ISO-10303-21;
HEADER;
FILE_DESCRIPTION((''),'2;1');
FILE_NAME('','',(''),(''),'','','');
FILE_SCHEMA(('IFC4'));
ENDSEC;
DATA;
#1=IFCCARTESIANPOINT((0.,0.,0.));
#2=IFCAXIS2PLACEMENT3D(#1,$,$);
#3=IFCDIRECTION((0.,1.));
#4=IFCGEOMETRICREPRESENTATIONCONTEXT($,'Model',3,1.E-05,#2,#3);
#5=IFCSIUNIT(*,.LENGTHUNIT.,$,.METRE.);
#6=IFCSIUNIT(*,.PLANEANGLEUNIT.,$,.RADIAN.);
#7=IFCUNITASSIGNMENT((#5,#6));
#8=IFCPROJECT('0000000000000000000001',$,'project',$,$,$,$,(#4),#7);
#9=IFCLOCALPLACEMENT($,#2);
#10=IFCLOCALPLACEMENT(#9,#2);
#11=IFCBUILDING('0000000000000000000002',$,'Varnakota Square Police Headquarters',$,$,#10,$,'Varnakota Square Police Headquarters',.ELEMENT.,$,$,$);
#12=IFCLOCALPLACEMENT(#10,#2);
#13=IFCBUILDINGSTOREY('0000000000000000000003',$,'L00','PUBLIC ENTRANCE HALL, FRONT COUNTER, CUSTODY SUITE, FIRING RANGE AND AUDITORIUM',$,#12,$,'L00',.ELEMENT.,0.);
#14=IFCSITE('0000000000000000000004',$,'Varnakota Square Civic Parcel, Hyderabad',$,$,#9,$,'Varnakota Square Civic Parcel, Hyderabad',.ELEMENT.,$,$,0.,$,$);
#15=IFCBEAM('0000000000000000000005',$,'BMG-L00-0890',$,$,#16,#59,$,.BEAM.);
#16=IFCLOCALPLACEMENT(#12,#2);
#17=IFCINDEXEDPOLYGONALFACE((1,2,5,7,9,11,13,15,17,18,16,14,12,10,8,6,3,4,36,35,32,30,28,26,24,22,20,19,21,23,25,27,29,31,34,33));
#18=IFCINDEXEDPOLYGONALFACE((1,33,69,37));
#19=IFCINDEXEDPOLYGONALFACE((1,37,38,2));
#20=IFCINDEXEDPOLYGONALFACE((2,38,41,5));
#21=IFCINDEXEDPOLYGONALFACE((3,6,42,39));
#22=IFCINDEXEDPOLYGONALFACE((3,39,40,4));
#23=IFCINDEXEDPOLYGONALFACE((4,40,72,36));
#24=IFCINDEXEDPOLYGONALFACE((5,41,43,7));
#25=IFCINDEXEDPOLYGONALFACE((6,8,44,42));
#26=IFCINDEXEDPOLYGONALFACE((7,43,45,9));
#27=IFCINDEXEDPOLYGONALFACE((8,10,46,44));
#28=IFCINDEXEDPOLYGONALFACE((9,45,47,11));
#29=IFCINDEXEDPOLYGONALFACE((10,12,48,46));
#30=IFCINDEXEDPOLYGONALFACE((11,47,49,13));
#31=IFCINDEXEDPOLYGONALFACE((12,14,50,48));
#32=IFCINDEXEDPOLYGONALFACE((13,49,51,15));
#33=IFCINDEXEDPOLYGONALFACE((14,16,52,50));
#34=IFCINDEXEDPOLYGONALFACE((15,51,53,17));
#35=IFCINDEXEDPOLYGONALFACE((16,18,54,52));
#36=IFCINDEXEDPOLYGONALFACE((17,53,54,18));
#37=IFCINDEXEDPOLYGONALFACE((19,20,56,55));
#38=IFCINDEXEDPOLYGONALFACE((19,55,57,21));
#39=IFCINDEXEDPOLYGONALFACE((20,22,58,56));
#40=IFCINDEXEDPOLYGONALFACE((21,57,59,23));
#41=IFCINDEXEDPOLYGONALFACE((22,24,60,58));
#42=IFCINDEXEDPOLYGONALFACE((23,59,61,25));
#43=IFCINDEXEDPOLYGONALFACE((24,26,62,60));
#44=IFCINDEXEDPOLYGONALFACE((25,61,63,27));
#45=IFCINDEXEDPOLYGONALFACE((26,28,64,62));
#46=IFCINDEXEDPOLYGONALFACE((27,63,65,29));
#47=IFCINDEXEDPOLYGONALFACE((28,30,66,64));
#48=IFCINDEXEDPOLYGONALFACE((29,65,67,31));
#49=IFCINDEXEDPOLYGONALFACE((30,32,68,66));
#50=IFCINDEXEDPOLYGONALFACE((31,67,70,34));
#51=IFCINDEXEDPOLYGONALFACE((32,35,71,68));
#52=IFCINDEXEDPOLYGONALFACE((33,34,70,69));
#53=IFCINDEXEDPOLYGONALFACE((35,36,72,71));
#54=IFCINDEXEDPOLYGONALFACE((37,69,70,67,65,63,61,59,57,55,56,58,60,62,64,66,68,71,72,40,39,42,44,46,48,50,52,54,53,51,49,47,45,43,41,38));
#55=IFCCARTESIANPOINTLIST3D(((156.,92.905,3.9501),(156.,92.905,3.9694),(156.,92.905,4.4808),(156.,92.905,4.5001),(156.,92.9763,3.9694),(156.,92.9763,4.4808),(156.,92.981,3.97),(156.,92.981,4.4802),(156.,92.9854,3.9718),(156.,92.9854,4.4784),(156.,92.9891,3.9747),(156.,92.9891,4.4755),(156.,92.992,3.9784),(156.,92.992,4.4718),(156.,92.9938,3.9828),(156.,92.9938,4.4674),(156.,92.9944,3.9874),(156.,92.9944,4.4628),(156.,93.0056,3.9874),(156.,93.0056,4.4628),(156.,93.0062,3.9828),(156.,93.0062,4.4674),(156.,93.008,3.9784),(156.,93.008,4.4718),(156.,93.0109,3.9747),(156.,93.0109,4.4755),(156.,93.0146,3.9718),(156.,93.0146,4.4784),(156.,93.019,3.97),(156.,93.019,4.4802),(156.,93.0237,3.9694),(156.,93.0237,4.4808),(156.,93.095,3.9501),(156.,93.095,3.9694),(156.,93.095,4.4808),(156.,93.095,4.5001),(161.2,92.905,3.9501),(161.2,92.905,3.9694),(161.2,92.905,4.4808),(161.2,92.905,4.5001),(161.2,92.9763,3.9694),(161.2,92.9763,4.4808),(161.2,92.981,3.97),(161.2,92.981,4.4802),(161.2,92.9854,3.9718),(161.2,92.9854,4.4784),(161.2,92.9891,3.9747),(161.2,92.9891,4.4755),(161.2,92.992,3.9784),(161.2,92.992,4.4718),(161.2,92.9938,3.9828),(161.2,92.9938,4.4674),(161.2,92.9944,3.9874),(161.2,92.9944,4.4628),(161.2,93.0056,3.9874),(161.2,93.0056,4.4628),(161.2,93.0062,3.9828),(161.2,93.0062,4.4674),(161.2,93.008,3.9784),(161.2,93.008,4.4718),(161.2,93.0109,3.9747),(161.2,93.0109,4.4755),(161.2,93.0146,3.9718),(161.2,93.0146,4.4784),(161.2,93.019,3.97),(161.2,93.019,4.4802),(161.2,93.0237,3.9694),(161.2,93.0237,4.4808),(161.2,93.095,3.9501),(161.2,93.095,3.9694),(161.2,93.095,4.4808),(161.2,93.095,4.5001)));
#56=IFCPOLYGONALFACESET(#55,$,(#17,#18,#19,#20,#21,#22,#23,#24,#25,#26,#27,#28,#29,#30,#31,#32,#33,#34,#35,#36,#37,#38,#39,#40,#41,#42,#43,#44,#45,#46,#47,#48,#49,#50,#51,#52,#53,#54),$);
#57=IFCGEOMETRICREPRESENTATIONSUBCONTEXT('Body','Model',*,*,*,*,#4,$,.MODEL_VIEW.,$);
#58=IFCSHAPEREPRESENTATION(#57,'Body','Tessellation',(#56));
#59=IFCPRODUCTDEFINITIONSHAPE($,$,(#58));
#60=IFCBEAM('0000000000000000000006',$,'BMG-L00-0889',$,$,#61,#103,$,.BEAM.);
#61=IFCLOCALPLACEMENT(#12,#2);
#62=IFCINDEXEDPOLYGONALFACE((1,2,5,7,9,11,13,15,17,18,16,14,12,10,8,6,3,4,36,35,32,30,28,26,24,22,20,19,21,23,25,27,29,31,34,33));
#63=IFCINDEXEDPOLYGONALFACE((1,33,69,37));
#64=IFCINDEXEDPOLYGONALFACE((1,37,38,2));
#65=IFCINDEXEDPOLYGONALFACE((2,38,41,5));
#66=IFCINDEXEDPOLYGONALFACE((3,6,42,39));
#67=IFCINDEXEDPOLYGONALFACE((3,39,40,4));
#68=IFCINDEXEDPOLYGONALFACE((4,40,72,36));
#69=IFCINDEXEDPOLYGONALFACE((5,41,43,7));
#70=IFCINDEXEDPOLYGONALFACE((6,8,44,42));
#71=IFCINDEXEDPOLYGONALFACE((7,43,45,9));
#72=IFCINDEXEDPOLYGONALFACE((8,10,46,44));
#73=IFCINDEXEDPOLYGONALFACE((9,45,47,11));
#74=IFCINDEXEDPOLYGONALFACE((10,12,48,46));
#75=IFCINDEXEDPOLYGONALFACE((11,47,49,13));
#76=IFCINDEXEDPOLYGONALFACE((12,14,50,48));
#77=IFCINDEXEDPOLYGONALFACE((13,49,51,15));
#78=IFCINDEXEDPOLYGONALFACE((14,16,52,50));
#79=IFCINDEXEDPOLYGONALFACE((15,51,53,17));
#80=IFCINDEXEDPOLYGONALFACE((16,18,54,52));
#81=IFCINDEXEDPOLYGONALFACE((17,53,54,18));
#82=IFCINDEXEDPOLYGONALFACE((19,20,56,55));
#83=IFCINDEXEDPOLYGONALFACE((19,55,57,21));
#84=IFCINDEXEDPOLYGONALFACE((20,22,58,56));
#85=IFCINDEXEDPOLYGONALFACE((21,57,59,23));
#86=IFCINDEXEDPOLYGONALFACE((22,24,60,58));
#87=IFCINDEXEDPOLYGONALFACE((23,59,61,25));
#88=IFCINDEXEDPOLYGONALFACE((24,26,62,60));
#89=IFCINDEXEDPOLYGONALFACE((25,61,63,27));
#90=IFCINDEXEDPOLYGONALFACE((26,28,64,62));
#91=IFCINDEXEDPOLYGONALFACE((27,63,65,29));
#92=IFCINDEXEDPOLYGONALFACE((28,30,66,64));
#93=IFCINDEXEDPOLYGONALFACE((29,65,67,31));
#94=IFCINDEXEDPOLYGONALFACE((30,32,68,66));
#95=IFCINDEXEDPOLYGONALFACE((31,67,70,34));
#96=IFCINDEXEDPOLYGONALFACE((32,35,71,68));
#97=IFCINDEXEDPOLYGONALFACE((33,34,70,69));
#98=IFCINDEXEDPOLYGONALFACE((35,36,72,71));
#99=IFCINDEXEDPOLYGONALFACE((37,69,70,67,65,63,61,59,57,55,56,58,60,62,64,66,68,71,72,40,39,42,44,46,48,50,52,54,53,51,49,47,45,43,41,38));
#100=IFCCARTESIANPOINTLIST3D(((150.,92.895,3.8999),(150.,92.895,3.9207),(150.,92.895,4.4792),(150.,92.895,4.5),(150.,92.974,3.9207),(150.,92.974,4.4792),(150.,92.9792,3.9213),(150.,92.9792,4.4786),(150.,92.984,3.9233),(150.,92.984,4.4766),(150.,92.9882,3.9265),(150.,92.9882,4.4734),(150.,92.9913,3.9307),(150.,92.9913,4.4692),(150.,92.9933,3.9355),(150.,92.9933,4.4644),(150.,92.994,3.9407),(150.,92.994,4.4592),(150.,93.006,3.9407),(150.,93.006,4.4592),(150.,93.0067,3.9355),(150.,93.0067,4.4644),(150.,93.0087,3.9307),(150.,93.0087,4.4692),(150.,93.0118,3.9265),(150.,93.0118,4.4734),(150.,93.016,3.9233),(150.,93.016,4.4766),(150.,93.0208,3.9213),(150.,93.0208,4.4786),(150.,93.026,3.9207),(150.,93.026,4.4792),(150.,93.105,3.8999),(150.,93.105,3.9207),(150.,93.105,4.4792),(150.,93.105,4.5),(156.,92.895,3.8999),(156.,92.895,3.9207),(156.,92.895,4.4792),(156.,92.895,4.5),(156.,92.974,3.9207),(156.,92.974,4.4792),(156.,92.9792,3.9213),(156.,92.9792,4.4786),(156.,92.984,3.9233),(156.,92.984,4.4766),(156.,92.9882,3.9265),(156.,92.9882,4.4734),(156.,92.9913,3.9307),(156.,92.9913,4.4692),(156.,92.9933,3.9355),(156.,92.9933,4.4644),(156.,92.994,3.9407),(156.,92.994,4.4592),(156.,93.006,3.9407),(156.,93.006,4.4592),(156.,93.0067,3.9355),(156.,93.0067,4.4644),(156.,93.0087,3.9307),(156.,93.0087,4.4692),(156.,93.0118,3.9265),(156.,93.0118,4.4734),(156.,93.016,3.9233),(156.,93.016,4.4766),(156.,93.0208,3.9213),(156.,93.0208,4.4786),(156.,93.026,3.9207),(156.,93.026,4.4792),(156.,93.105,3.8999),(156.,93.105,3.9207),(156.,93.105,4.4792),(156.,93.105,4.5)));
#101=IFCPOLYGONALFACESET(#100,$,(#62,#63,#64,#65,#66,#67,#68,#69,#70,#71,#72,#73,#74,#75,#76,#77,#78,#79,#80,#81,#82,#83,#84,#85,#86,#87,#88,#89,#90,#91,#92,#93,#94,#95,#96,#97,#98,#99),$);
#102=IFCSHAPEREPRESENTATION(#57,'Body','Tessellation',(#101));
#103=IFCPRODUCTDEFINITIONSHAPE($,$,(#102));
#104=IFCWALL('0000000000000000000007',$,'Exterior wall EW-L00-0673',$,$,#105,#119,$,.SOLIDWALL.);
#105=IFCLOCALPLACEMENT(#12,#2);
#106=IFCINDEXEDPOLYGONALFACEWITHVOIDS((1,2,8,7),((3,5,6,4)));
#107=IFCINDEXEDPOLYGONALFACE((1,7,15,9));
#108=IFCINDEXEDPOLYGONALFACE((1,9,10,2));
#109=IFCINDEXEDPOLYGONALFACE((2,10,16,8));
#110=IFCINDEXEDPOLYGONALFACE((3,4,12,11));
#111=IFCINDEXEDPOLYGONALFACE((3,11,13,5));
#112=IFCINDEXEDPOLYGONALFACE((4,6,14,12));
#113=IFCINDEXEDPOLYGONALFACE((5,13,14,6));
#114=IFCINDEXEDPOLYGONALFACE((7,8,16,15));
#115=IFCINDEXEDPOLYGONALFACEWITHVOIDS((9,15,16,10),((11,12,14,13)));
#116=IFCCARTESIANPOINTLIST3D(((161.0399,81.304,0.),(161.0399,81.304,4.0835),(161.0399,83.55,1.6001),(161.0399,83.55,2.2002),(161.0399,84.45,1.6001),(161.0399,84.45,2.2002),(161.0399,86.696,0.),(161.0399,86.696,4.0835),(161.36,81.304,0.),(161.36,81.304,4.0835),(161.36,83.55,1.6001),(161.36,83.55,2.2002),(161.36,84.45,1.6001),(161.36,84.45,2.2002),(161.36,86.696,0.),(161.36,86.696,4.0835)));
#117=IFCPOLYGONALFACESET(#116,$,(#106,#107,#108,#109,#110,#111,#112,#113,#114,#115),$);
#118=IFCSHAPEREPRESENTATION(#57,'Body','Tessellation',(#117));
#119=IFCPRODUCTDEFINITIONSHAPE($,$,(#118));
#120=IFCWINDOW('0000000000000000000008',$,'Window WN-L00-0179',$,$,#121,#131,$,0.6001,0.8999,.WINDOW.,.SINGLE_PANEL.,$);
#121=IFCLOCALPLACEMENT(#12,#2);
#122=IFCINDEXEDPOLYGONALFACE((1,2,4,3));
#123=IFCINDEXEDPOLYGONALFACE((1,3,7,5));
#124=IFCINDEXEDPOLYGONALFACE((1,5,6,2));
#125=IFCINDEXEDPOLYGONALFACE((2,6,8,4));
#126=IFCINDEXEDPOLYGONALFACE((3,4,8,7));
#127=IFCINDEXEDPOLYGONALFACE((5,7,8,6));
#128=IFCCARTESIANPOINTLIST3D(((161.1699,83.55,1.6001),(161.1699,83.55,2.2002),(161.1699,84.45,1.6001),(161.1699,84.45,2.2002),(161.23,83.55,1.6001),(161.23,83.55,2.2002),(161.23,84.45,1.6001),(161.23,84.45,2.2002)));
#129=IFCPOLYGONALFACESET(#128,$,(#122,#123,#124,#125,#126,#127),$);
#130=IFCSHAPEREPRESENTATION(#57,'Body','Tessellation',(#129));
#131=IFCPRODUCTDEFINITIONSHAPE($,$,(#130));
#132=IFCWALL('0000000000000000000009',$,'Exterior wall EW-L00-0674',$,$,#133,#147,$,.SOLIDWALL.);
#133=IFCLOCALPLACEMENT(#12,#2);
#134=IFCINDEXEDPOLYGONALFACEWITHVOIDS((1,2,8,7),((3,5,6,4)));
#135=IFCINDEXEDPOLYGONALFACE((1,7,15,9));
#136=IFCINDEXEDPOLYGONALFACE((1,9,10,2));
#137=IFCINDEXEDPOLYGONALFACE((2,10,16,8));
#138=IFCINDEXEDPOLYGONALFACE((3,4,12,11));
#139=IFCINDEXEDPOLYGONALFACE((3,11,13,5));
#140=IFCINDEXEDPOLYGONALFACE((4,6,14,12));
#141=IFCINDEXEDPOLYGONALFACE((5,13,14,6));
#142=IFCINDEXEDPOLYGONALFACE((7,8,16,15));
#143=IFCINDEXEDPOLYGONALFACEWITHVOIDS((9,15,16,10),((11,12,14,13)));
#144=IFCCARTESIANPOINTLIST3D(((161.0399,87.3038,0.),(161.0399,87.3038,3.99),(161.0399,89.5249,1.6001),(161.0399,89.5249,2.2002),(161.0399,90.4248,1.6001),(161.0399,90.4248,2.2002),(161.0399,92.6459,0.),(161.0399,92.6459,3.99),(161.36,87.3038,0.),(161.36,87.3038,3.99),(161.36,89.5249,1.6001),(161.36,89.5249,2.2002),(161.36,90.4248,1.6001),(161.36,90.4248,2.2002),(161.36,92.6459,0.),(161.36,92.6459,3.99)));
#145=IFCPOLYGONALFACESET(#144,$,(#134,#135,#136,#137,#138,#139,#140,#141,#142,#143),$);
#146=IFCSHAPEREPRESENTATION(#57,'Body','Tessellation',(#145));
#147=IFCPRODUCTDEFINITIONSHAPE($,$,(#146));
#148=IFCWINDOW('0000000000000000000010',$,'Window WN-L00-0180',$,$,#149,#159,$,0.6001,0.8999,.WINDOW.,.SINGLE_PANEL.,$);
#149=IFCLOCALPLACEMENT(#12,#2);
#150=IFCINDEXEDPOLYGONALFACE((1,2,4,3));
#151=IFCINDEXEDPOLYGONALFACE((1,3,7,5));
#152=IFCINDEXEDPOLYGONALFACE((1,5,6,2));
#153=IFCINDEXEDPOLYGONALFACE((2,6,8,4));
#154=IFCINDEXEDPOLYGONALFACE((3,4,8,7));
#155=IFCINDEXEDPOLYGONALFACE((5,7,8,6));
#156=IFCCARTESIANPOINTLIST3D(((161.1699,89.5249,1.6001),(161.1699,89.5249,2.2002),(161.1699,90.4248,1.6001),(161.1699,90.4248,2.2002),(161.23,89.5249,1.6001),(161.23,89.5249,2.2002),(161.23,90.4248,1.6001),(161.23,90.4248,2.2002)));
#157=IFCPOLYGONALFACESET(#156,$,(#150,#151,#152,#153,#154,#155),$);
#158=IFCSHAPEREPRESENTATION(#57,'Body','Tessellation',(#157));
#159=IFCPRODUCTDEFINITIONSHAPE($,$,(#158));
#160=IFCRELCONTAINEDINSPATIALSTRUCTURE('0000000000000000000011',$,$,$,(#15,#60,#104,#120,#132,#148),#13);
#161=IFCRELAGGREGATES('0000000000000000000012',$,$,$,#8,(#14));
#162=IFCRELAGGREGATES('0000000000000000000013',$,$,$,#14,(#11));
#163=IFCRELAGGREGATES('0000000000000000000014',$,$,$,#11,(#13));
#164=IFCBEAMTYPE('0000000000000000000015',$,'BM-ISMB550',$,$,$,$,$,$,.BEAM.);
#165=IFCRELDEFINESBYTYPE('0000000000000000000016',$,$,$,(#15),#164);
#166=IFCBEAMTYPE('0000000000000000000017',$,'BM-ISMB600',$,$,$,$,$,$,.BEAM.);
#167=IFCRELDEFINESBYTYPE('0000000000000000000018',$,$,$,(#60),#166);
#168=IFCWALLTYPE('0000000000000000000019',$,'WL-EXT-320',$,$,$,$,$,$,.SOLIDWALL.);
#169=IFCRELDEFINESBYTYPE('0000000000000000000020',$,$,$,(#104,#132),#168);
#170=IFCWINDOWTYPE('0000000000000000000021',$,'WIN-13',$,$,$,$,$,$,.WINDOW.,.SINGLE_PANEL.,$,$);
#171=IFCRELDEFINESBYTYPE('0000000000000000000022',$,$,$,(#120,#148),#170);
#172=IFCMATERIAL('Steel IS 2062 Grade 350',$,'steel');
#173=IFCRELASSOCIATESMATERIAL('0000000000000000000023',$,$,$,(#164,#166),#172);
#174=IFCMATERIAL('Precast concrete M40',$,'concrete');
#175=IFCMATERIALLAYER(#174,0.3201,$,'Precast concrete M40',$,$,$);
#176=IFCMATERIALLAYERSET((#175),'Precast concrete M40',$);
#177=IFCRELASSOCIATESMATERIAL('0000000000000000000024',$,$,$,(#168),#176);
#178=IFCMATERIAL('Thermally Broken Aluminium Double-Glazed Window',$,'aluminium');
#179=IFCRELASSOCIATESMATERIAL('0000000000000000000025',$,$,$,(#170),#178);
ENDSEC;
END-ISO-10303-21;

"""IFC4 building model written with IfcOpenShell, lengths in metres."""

from ifc_helpers import new_model, si_unit, direction, frame, frame_2d, origin, origin_2d, place, context, subcontext, project, spatial, rectangle, i_section, extrude, material, layer, layer_set, material_profile, profile_set, type_object, element, fill, save


model = new_model("IFC4")

# Units and contexts
model_context = context("Model", 3, precision=1e-05, world=origin(), true_north=direction((0.0, 1.0)))
body_context = subcontext(model_context, "Body", "Model", "MODEL_VIEW")
ifc_project = project(units=[si_unit("LENGTHUNIT", "METRE"), si_unit("PLANEANGLEUNIT", "RADIAN")], contexts=[model_context])

# Site, building, storey
site_placement = place(None, origin())
site = spatial("IfcSite", under=ifc_project, at=site_placement, Name="Varnakota Square Civic Parcel, Hyderabad", LongName="Varnakota Square Civic Parcel, Hyderabad", CompositionType="ELEMENT", RefElevation=0.0)
building_placement = place(site_placement, origin())
building = spatial("IfcBuilding", under=site, at=building_placement, Name="Varnakota Square Police Headquarters", LongName="Varnakota Square Police Headquarters", CompositionType="ELEMENT")
storey_placement = place(building_placement, origin())
storey = spatial("IfcBuildingStorey", under=building, at=storey_placement, Name="L00", Description="PUBLIC ENTRANCE HALL, FRONT COUNTER, CUSTODY SUITE, FIRING RANGE AND AUDITORIUM", LongName="L00", CompositionType="ELEMENT", Elevation=0.0)

# Beams
ifc_material_1 = material(Name="Steel IS 2062 Grade 350", Category="steel")
ifc_material_profile_1 = material_profile(ifc_material_1, i_section(OverallWidth=0.1899, OverallDepth=0.55, WebThickness=0.0112, FlangeThickness=0.0193, FilletRadius=0.0181, at=origin_2d()), Name="ISMB 550")
ifc_profile_set_1 = profile_set([ifc_material_profile_1], Name="Steel IS 2062 Grade 350")
beam_type_1 = type_object("IfcBeamType", Name="BM-ISMB550", PredefinedType="BEAM", material=ifc_profile_set_1)
for number, where, z_axis, x_axis, name in (
    (1, (156.0, 93.0, 4.2251), (1.0, 0.0, 0.0), (0.0, 1.0, 0.0), "BMG-L00-0890"),
):
    element("IfcBeam", number, at=place(storey_placement, frame(where, z_axis=z_axis, x_axis=x_axis)), inside=storey, type_object=beam_type_1, Name=name, PredefinedType="BEAM", context=body_context, shape_type="SweptSolid", body=[
        extrude(i_section(OverallWidth=0.1899, OverallDepth=0.55, WebThickness=0.0112, FlangeThickness=0.0193, FilletRadius=0.0181, at=origin_2d()), origin(), (0.0, 0.0, 1.0), 5.2),
    ])
ifc_material_profile_2 = material_profile(ifc_material_1, i_section(OverallWidth=0.21, OverallDepth=0.6001, WebThickness=0.012, FlangeThickness=0.0208, FilletRadius=0.02, at=origin_2d()), Name="ISMB 600")
ifc_profile_set_2 = profile_set([ifc_material_profile_2], Name="Steel IS 2062 Grade 350")
beam_type_2 = type_object("IfcBeamType", Name="BM-ISMB600", PredefinedType="BEAM", material=ifc_profile_set_2)
beam_1_placement = place(storey_placement, frame((150.0, 93.0, 4.2), z_axis=(1.0, 0.0, 0.0), x_axis=(0.0, 1.0, 0.0)))
element("IfcBeam", 2, at=beam_1_placement, inside=storey, type_object=beam_type_2, Name="BMG-L00-0889", PredefinedType="BEAM", context=body_context, shape_type="SweptSolid", body=[
    extrude(i_section(OverallWidth=0.21, OverallDepth=0.6001, WebThickness=0.012, FlangeThickness=0.0208, FilletRadius=0.02, at=origin_2d()), origin(), (0.0, 0.0, 1.0), 6.0),
])

# Walls, openings, windows
ifc_material_2 = material(Name="Precast concrete M40", Category="concrete")
ifc_layer = layer(ifc_material_2, 0.3201, Name="Precast concrete M40")
ifc_layer_set = layer_set([ifc_layer], Name="Precast concrete M40")
wall_type = type_object("IfcWallType", Name="WL-EXT-320", PredefinedType="SOLIDWALL", material=ifc_layer_set)
wall_1_placement = place(storey_placement, frame((161.2, 81.304, 0.0), z_axis=(0.0, 0.0, 1.0), x_axis=(0.0, 1.0, 0.0)))
wall_1 = element("IfcWall", 3, at=wall_1_placement, inside=storey, type_object=wall_type, Name="Exterior wall EW-L00-0673", PredefinedType="SOLIDWALL", context=body_context, shape_type="SweptSolid", body=[
    extrude(rectangle(XDim=5.3921, YDim=0.3201, at=frame_2d((2.696, 0.0))), origin(), (0.0, 0.0, 1.0), 4.0835),
])
opening_1_placement = place(wall_1_placement, frame((2.2461, 0.0, 1.6001)))
opening_1 = element("IfcOpeningElement", 4, at=opening_1_placement, cuts=wall_1, PredefinedType="OPENING", context=body_context, shape_type="SweptSolid", body=[
    extrude(rectangle(XDim=0.8999, YDim=0.6001, at=frame_2d((0.45, 0.3))), frame((0.0, 0.1699, 0.0), z_axis=(0.0, -1.0, 0.0), x_axis=(1.0, 0.0, 0.0)), (0.0, 0.0, 1.0), 0.3401),
])
ifc_material_3 = material(Name="Thermally Broken Aluminium Double-Glazed Window", Category="aluminium")
window_type = type_object("IfcWindowType", Name="WIN-13", PartitioningType="SINGLE_PANEL", PredefinedType="WINDOW", material=ifc_material_3)
window_1_placement = place(opening_1_placement, origin())
window_1 = element("IfcWindow", 5, at=window_1_placement, inside=storey, type_object=window_type, Name="Window WN-L00-0179", OverallHeight=0.6001, OverallWidth=0.8999, PartitioningType="SINGLE_PANEL", PredefinedType="WINDOW", context=body_context, shape_type="SweptSolid", body=[
    extrude(rectangle(XDim=0.8999, YDim=0.6001, at=frame_2d((0.45, 0.3))), frame((0.0, 0.03, 0.0), z_axis=(0.0, -1.0, 0.0), x_axis=(1.0, 0.0, 0.0)), (0.0, 0.0, 1.0), 0.0601),
])
fill(opening_1, window_1)
wall_2_placement = place(storey_placement, frame((161.2, 87.304, 0.0), z_axis=(0.0, 0.0, 1.0), x_axis=(0.0, 1.0, 0.0)))
wall_2 = element("IfcWall", 6, at=wall_2_placement, inside=storey, type_object=wall_type, Name="Exterior wall EW-L00-0674", PredefinedType="SOLIDWALL", context=body_context, shape_type="SweptSolid", body=[
    extrude(rectangle(XDim=5.342, YDim=0.3201, at=frame_2d((2.6709, 0.0))), origin(), (0.0, 0.0, 1.0), 3.99),
])
opening_2_placement = place(wall_2_placement, frame((2.2209, 0.0, 1.6001)))
opening_2 = element("IfcOpeningElement", 7, at=opening_2_placement, cuts=wall_2, PredefinedType="OPENING", context=body_context, shape_type="SweptSolid", body=[
    extrude(rectangle(XDim=0.8999, YDim=0.6001, at=frame_2d((0.45, 0.3))), frame((0.0, 0.1699, 0.0), z_axis=(0.0, -1.0, 0.0), x_axis=(1.0, 0.0, 0.0)), (0.0, 0.0, 1.0), 0.3401),
])
window_2_placement = place(opening_2_placement, origin())
window_2 = element("IfcWindow", 8, at=window_2_placement, inside=storey, type_object=window_type, Name="Window WN-L00-0180", OverallHeight=0.6001, OverallWidth=0.8999, PartitioningType="SINGLE_PANEL", PredefinedType="WINDOW", context=body_context, shape_type="SweptSolid", body=[
    extrude(rectangle(XDim=0.8999, YDim=0.6001, at=frame_2d((0.45, 0.3))), frame((0.0, 0.03, 0.0), z_axis=(0.0, -1.0, 0.0), x_axis=(1.0, 0.0, 0.0)), (0.0, 0.0, 1.0), 0.0601),
])
fill(opening_2, window_2)

save(model, "model.ifc")
